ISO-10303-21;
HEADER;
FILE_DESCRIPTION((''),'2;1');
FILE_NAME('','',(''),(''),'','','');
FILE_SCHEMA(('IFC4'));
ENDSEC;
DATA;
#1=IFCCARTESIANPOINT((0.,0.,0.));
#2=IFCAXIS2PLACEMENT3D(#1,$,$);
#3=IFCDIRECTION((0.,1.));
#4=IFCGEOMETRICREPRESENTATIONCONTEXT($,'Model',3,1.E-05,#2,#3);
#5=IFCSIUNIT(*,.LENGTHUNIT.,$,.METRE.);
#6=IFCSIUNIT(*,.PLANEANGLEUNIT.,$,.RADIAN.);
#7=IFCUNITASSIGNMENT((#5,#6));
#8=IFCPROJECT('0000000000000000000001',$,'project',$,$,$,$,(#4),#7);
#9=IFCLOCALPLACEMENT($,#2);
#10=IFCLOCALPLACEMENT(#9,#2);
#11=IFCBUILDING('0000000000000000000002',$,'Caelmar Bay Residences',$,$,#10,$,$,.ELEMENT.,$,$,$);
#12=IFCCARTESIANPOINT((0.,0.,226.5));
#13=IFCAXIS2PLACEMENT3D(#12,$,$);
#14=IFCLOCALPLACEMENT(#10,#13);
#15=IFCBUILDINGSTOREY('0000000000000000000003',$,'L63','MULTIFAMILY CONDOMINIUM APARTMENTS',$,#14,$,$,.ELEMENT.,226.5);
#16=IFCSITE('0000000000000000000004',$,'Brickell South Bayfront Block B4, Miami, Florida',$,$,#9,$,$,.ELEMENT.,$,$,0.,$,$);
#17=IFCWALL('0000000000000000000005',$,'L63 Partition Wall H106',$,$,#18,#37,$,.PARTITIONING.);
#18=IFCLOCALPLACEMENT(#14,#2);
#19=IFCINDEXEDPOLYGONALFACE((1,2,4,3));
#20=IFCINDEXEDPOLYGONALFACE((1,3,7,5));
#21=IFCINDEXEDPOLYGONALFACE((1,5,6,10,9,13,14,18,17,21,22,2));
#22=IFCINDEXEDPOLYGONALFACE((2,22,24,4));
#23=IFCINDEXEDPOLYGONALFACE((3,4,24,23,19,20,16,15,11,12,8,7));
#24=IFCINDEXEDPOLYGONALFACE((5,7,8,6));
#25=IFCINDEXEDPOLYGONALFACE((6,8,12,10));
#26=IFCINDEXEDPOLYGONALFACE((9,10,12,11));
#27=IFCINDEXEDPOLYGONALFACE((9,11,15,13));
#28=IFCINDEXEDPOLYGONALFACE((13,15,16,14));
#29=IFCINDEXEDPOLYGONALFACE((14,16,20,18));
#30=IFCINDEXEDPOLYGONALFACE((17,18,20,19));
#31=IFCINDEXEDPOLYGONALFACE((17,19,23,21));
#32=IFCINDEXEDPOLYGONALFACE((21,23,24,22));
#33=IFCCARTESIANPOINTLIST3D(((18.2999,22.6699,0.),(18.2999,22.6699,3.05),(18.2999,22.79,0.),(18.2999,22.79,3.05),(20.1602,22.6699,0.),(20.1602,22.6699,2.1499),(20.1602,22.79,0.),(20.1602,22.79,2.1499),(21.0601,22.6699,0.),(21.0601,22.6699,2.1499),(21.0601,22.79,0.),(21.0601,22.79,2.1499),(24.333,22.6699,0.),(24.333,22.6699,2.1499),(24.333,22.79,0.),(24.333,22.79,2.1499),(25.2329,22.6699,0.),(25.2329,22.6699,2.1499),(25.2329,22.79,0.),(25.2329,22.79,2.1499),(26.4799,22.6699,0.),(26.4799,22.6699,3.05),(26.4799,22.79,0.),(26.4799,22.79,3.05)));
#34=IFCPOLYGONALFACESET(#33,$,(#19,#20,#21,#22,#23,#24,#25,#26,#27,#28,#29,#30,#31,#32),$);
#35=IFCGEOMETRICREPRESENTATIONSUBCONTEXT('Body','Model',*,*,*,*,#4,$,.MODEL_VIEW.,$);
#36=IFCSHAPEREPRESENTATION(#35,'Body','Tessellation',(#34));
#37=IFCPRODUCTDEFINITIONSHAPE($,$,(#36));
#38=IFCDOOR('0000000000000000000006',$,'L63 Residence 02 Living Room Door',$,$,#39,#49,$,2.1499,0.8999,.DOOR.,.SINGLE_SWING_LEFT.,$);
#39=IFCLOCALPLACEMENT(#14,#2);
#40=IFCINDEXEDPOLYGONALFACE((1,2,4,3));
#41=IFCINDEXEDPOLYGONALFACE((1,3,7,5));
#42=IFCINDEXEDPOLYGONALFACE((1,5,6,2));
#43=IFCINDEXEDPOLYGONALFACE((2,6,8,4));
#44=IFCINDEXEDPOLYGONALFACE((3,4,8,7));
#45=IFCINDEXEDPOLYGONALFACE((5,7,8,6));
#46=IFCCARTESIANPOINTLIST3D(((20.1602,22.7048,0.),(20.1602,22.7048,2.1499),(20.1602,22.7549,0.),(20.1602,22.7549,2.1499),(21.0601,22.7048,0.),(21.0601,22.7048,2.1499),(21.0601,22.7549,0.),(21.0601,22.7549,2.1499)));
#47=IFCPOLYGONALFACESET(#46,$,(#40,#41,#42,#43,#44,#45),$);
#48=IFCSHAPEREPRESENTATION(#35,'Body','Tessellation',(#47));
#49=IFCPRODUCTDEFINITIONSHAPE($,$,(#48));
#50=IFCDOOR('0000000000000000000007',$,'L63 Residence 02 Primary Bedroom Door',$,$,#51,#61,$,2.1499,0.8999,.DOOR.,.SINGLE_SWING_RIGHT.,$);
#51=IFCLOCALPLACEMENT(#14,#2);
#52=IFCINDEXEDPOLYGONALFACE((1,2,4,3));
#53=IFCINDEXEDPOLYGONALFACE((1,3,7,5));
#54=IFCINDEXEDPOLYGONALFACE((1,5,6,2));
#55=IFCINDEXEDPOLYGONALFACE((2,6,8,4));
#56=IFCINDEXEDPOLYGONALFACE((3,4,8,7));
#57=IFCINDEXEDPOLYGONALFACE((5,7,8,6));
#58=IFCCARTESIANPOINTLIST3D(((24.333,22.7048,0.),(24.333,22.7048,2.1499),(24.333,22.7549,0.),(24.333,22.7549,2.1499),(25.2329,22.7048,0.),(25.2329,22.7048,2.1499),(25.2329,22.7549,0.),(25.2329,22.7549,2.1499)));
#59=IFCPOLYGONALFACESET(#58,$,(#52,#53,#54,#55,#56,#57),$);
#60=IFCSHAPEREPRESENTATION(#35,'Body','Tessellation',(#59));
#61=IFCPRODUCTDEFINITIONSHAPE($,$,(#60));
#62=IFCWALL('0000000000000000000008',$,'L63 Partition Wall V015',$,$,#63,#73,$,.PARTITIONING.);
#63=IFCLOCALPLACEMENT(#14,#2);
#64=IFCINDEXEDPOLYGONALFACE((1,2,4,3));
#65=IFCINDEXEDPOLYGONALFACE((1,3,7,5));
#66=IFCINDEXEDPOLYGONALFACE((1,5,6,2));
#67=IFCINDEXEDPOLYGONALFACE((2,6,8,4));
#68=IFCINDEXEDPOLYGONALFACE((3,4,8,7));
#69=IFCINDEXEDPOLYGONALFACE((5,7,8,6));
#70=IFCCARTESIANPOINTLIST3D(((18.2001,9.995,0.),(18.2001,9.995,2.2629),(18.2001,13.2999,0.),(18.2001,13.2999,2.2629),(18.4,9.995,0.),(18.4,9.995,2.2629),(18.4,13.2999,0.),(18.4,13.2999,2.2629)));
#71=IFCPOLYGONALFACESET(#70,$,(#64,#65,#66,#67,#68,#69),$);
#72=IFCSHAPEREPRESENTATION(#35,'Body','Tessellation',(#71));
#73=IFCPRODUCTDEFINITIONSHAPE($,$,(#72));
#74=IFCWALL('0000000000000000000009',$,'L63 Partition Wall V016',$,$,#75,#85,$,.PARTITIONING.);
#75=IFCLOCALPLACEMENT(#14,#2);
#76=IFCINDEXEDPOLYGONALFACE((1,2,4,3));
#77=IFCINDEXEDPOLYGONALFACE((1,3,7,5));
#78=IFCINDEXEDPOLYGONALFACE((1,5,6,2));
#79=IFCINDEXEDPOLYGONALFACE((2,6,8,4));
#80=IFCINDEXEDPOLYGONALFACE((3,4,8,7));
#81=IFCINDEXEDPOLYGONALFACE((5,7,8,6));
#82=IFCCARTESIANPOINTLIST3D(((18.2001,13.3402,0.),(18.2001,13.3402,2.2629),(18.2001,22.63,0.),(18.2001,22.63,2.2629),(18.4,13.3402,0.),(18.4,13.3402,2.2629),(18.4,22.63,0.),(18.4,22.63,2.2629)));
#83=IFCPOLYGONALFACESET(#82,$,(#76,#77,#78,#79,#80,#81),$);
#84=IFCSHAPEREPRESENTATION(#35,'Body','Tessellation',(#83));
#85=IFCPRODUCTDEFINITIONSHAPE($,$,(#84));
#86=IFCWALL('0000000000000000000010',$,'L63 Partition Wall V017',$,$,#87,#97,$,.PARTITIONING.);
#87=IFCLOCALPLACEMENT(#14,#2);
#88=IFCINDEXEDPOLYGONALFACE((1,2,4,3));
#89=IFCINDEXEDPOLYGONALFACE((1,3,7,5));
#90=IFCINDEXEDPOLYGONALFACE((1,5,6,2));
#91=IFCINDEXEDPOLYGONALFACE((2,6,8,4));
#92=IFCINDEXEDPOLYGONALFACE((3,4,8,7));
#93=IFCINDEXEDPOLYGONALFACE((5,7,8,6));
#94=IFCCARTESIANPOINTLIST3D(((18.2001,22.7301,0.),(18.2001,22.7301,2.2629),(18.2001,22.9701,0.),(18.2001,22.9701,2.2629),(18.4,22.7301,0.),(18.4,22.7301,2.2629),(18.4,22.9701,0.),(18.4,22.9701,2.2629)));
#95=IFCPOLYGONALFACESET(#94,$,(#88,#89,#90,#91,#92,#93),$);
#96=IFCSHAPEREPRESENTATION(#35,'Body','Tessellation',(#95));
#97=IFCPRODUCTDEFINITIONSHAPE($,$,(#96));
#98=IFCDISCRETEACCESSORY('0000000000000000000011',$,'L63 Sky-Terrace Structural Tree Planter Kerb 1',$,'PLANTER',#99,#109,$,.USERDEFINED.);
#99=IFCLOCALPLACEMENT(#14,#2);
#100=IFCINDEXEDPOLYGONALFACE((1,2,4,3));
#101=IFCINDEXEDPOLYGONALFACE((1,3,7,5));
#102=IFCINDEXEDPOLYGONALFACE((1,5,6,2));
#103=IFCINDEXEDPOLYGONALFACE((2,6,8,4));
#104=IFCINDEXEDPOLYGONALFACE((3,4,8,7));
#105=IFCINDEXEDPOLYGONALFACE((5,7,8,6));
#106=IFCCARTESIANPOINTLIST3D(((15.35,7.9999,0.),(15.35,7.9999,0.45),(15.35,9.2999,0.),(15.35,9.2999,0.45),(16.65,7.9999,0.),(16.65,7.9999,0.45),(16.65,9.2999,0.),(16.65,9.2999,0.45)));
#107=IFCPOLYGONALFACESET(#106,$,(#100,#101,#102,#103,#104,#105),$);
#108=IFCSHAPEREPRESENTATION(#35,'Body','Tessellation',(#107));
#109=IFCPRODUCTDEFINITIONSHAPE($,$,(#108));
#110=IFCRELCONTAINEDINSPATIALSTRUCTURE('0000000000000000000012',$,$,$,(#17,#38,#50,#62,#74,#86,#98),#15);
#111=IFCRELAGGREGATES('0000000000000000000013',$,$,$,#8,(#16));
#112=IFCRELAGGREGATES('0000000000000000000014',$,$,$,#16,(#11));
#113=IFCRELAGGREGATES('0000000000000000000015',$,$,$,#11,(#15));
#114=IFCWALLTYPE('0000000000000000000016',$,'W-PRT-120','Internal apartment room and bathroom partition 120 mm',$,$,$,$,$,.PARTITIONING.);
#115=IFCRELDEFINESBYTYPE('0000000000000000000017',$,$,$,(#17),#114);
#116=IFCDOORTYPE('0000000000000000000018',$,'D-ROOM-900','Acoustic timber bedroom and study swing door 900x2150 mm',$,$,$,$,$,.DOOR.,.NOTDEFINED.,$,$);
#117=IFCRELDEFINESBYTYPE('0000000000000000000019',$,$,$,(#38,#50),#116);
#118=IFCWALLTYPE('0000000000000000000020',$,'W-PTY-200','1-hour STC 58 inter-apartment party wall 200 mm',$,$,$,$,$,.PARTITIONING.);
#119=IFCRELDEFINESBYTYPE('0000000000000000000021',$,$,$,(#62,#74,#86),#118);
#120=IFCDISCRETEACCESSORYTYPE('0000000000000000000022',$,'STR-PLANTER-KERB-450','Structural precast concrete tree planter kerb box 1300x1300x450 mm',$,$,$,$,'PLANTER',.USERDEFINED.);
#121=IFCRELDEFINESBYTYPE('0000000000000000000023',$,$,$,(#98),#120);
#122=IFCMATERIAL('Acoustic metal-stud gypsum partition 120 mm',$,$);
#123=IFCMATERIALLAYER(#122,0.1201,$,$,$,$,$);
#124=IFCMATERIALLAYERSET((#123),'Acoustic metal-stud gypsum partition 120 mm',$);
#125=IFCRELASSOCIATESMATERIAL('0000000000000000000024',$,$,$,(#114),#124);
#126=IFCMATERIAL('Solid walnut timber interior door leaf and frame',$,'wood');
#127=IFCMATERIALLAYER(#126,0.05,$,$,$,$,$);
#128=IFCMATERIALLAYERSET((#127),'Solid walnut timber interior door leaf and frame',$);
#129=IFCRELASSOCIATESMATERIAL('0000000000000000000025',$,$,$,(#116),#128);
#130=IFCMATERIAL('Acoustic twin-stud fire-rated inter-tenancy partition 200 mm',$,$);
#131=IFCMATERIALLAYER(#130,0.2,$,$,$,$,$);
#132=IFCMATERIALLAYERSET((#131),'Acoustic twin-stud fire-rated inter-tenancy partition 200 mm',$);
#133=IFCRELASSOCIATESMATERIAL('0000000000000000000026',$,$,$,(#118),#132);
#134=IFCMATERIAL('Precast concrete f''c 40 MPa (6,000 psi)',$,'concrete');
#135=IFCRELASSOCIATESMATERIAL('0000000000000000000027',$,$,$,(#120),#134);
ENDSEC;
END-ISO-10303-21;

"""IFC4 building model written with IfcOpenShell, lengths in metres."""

from ifc_helpers import new_model, si_unit, direction, frame, frame_2d, origin, origin_2d, place, context, subcontext, project, spatial, rectangle, extrude, material, layer, layer_set, type_object, element, fill, save


model = new_model("IFC4")

# Units and contexts
model_context = context("Model", 3, precision=1e-05, world=origin(), true_north=direction((0.0, 1.0)))
body_context = subcontext(model_context, "Body", "Model", "MODEL_VIEW")
ifc_project = project(units=[si_unit("LENGTHUNIT", "METRE"), si_unit("PLANEANGLEUNIT", "RADIAN")], contexts=[model_context])

# Site, building, storey
site_placement = place(None, origin())
site = spatial("IfcSite", under=ifc_project, at=site_placement, Name="Brickell South Bayfront Block B4, Miami, Florida", CompositionType="ELEMENT", RefElevation=0.0)
building_placement = place(site_placement, origin())
building = spatial("IfcBuilding", under=site, at=building_placement, Name="Caelmar Bay Residences", CompositionType="ELEMENT")
storey_placement = place(building_placement, frame((0.0, 0.0, 226.5)))
storey = spatial("IfcBuildingStorey", under=building, at=storey_placement, Name="L63", Description="MULTIFAMILY CONDOMINIUM APARTMENTS", CompositionType="ELEMENT", Elevation=226.5)

# Shared definitions
ifc_material_1 = material(Name="Precast concrete f'c 40 MPa (6,000 psi)", Category="concrete")
ifc_material_2 = material(Name="Acoustic metal-stud gypsum partition 120 mm")
ifc_layer_1 = layer(ifc_material_2, 0.1201)
ifc_layer_set_1 = layer_set([ifc_layer_1], Name="Acoustic metal-stud gypsum partition 120 mm")
wall_type_1 = type_object("IfcWallType", Name="W-PRT-120", Description="Internal apartment room and bathroom partition 120 mm", PredefinedType="PARTITIONING", material=ifc_layer_set_1)

# Wall, openings, doors
wall_1_placement = place(storey_placement, frame((18.3, 22.73, 0.0), z_axis=(0.0, 0.0, 1.0), x_axis=(1.0, 0.0, 0.0)))
wall_1 = element("IfcWall", 1, at=wall_1_placement, inside=storey, type_object=wall_type_1, Name="L63 Partition Wall H106", PredefinedType="PARTITIONING", context=body_context, shape_type="SweptSolid", body=[
    extrude(rectangle(XDim=8.1799, YDim=0.1201, at=frame_2d((4.0898, 0.0))), origin(), (0.0, 0.0, 1.0), 3.05),
])
opening_1_placement = place(wall_1_placement, frame((1.8601, 0.0, 0.0)))
opening_1 = element("IfcOpeningElement", 2, at=opening_1_placement, cuts=wall_1, PredefinedType="OPENING", context=body_context, shape_type="SweptSolid", body=[
    extrude(rectangle(XDim=0.8999, YDim=2.1499, at=frame_2d((0.45, 1.075))), frame((0.0, 0.0701, 0.0), z_axis=(0.0, -1.0, 0.0), x_axis=(1.0, 0.0, 0.0)), (0.0, 0.0, 1.0), 0.1401),
])
opening_2_placement = place(wall_1_placement, frame((6.033, 0.0, 0.0)))
opening_2 = element("IfcOpeningElement", 3, at=opening_2_placement, cuts=wall_1, PredefinedType="OPENING", context=body_context, shape_type="SweptSolid", body=[
    extrude(rectangle(XDim=0.8999, YDim=2.1499, at=frame_2d((0.45, 1.075))), frame((0.0, 0.0701, 0.0), z_axis=(0.0, -1.0, 0.0), x_axis=(1.0, 0.0, 0.0)), (0.0, 0.0, 1.0), 0.1401),
])
ifc_material_3 = material(Name="Solid walnut timber interior door leaf and frame", Category="wood")
ifc_layer_2 = layer(ifc_material_3, 0.05)
ifc_layer_set_2 = layer_set([ifc_layer_2], Name="Solid walnut timber interior door leaf and frame")
door_type = type_object("IfcDoorType", Name="D-ROOM-900", Description="Acoustic timber bedroom and study swing door 900x2150 mm", OperationType="NOTDEFINED", PredefinedType="DOOR", material=ifc_layer_set_2)
door_1_placement = place(opening_1_placement, origin())
door_1 = element("IfcDoor", 4, at=door_1_placement, inside=storey, type_object=door_type, Name="L63 Residence 02 Living Room Door", OperationType="SINGLE_SWING_LEFT", OverallHeight=2.1499, OverallWidth=0.8999, PredefinedType="DOOR", context=body_context, shape_type="SweptSolid", body=[
    extrude(rectangle(XDim=0.8999, YDim=2.1499, at=frame_2d((0.45, 1.075))), frame((0.0, 0.0249, 0.0), z_axis=(0.0, -1.0, 0.0), x_axis=(1.0, 0.0, 0.0)), (0.0, 0.0, 1.0), 0.05),
])
fill(opening_1, door_1)
door_2_placement = place(opening_2_placement, origin())
door_2 = element("IfcDoor", 5, at=door_2_placement, inside=storey, type_object=door_type, Name="L63 Residence 02 Primary Bedroom Door", OperationType="SINGLE_SWING_RIGHT", OverallHeight=2.1499, OverallWidth=0.8999, PredefinedType="DOOR", context=body_context, shape_type="SweptSolid", body=[
    extrude(rectangle(XDim=0.8999, YDim=2.1499, at=frame_2d((0.45, 1.075))), frame((0.0, 0.0249, 0.0), z_axis=(0.0, -1.0, 0.0), x_axis=(1.0, 0.0, 0.0)), (0.0, 0.0, 1.0), 0.05),
])
fill(opening_2, door_2)

# Walls
ifc_material_4 = material(Name="Acoustic twin-stud fire-rated inter-tenancy partition 200 mm")
ifc_layer_3 = layer(ifc_material_4, 0.2)
ifc_layer_set_3 = layer_set([ifc_layer_3], Name="Acoustic twin-stud fire-rated inter-tenancy partition 200 mm")
wall_type_2 = type_object("IfcWallType", Name="W-PTY-200", Description="1-hour STC 58 inter-apartment party wall 200 mm", PredefinedType="PARTITIONING", material=ifc_layer_set_3)
wall_2_placement = place(storey_placement, frame((18.3, 9.9951, 0.0), z_axis=(0.0, 0.0, 1.0), x_axis=(0.0, 1.0, 0.0)))
element("IfcWall", 6, at=wall_2_placement, inside=storey, type_object=wall_type_2, Name="L63 Partition Wall V015", PredefinedType="PARTITIONING", context=body_context, shape_type="SweptSolid", body=[
    extrude(rectangle(XDim=3.3049, YDim=0.2, at=frame_2d((1.6523, 0.0))), origin(), (0.0, 0.0, 1.0), 2.2629),
])
wall_3_placement = place(storey_placement, frame((18.3, 13.3401, 0.0), z_axis=(0.0, 0.0, 1.0), x_axis=(0.0, 1.0, 0.0)))
element("IfcWall", 7, at=wall_3_placement, inside=storey, type_object=wall_type_2, Name="L63 Partition Wall V016", PredefinedType="PARTITIONING", context=body_context, shape_type="SweptSolid", body=[
    extrude(rectangle(XDim=9.2898, YDim=0.2, at=frame_2d((4.645, 0.0))), origin(), (0.0, 0.0, 1.0), 2.2629),
])
wall_4_placement = place(storey_placement, frame((18.3, 22.73, 0.0), z_axis=(0.0, 0.0, 1.0), x_axis=(0.0, 1.0, 0.0)))
element("IfcWall", 8, at=wall_4_placement, inside=storey, type_object=wall_type_2, Name="L63 Partition Wall V017", PredefinedType="PARTITIONING", context=body_context, shape_type="SweptSolid", body=[
    extrude(rectangle(XDim=0.24, YDim=0.2, at=frame_2d((0.1201, 0.0))), origin(), (0.0, 0.0, 1.0), 2.2629),
])

# Discrete accessory
discrete_accessory_type = type_object("IfcDiscreteAccessoryType", Name="STR-PLANTER-KERB-450", Description="Structural precast concrete tree planter kerb box 1300x1300x450 mm", ElementType="PLANTER", PredefinedType="USERDEFINED", material=ifc_material_1)
discrete_accessory_placement = place(storey_placement, frame((16.0, 8.6499, 0.0), z_axis=(0.0, 0.0, 1.0), x_axis=(1.0, 0.0, 0.0)))
element("IfcDiscreteAccessory", 9, at=discrete_accessory_placement, inside=storey, type_object=discrete_accessory_type, Name="L63 Sky-Terrace Structural Tree Planter Kerb 1", ObjectType="PLANTER", PredefinedType="USERDEFINED", context=body_context, shape_type="SweptSolid", body=[
    extrude(rectangle(XDim=1.3, YDim=1.3, at=origin_2d()), origin(), (0.0, 0.0, 1.0), 0.45),
])

save(model, "model.ifc")
